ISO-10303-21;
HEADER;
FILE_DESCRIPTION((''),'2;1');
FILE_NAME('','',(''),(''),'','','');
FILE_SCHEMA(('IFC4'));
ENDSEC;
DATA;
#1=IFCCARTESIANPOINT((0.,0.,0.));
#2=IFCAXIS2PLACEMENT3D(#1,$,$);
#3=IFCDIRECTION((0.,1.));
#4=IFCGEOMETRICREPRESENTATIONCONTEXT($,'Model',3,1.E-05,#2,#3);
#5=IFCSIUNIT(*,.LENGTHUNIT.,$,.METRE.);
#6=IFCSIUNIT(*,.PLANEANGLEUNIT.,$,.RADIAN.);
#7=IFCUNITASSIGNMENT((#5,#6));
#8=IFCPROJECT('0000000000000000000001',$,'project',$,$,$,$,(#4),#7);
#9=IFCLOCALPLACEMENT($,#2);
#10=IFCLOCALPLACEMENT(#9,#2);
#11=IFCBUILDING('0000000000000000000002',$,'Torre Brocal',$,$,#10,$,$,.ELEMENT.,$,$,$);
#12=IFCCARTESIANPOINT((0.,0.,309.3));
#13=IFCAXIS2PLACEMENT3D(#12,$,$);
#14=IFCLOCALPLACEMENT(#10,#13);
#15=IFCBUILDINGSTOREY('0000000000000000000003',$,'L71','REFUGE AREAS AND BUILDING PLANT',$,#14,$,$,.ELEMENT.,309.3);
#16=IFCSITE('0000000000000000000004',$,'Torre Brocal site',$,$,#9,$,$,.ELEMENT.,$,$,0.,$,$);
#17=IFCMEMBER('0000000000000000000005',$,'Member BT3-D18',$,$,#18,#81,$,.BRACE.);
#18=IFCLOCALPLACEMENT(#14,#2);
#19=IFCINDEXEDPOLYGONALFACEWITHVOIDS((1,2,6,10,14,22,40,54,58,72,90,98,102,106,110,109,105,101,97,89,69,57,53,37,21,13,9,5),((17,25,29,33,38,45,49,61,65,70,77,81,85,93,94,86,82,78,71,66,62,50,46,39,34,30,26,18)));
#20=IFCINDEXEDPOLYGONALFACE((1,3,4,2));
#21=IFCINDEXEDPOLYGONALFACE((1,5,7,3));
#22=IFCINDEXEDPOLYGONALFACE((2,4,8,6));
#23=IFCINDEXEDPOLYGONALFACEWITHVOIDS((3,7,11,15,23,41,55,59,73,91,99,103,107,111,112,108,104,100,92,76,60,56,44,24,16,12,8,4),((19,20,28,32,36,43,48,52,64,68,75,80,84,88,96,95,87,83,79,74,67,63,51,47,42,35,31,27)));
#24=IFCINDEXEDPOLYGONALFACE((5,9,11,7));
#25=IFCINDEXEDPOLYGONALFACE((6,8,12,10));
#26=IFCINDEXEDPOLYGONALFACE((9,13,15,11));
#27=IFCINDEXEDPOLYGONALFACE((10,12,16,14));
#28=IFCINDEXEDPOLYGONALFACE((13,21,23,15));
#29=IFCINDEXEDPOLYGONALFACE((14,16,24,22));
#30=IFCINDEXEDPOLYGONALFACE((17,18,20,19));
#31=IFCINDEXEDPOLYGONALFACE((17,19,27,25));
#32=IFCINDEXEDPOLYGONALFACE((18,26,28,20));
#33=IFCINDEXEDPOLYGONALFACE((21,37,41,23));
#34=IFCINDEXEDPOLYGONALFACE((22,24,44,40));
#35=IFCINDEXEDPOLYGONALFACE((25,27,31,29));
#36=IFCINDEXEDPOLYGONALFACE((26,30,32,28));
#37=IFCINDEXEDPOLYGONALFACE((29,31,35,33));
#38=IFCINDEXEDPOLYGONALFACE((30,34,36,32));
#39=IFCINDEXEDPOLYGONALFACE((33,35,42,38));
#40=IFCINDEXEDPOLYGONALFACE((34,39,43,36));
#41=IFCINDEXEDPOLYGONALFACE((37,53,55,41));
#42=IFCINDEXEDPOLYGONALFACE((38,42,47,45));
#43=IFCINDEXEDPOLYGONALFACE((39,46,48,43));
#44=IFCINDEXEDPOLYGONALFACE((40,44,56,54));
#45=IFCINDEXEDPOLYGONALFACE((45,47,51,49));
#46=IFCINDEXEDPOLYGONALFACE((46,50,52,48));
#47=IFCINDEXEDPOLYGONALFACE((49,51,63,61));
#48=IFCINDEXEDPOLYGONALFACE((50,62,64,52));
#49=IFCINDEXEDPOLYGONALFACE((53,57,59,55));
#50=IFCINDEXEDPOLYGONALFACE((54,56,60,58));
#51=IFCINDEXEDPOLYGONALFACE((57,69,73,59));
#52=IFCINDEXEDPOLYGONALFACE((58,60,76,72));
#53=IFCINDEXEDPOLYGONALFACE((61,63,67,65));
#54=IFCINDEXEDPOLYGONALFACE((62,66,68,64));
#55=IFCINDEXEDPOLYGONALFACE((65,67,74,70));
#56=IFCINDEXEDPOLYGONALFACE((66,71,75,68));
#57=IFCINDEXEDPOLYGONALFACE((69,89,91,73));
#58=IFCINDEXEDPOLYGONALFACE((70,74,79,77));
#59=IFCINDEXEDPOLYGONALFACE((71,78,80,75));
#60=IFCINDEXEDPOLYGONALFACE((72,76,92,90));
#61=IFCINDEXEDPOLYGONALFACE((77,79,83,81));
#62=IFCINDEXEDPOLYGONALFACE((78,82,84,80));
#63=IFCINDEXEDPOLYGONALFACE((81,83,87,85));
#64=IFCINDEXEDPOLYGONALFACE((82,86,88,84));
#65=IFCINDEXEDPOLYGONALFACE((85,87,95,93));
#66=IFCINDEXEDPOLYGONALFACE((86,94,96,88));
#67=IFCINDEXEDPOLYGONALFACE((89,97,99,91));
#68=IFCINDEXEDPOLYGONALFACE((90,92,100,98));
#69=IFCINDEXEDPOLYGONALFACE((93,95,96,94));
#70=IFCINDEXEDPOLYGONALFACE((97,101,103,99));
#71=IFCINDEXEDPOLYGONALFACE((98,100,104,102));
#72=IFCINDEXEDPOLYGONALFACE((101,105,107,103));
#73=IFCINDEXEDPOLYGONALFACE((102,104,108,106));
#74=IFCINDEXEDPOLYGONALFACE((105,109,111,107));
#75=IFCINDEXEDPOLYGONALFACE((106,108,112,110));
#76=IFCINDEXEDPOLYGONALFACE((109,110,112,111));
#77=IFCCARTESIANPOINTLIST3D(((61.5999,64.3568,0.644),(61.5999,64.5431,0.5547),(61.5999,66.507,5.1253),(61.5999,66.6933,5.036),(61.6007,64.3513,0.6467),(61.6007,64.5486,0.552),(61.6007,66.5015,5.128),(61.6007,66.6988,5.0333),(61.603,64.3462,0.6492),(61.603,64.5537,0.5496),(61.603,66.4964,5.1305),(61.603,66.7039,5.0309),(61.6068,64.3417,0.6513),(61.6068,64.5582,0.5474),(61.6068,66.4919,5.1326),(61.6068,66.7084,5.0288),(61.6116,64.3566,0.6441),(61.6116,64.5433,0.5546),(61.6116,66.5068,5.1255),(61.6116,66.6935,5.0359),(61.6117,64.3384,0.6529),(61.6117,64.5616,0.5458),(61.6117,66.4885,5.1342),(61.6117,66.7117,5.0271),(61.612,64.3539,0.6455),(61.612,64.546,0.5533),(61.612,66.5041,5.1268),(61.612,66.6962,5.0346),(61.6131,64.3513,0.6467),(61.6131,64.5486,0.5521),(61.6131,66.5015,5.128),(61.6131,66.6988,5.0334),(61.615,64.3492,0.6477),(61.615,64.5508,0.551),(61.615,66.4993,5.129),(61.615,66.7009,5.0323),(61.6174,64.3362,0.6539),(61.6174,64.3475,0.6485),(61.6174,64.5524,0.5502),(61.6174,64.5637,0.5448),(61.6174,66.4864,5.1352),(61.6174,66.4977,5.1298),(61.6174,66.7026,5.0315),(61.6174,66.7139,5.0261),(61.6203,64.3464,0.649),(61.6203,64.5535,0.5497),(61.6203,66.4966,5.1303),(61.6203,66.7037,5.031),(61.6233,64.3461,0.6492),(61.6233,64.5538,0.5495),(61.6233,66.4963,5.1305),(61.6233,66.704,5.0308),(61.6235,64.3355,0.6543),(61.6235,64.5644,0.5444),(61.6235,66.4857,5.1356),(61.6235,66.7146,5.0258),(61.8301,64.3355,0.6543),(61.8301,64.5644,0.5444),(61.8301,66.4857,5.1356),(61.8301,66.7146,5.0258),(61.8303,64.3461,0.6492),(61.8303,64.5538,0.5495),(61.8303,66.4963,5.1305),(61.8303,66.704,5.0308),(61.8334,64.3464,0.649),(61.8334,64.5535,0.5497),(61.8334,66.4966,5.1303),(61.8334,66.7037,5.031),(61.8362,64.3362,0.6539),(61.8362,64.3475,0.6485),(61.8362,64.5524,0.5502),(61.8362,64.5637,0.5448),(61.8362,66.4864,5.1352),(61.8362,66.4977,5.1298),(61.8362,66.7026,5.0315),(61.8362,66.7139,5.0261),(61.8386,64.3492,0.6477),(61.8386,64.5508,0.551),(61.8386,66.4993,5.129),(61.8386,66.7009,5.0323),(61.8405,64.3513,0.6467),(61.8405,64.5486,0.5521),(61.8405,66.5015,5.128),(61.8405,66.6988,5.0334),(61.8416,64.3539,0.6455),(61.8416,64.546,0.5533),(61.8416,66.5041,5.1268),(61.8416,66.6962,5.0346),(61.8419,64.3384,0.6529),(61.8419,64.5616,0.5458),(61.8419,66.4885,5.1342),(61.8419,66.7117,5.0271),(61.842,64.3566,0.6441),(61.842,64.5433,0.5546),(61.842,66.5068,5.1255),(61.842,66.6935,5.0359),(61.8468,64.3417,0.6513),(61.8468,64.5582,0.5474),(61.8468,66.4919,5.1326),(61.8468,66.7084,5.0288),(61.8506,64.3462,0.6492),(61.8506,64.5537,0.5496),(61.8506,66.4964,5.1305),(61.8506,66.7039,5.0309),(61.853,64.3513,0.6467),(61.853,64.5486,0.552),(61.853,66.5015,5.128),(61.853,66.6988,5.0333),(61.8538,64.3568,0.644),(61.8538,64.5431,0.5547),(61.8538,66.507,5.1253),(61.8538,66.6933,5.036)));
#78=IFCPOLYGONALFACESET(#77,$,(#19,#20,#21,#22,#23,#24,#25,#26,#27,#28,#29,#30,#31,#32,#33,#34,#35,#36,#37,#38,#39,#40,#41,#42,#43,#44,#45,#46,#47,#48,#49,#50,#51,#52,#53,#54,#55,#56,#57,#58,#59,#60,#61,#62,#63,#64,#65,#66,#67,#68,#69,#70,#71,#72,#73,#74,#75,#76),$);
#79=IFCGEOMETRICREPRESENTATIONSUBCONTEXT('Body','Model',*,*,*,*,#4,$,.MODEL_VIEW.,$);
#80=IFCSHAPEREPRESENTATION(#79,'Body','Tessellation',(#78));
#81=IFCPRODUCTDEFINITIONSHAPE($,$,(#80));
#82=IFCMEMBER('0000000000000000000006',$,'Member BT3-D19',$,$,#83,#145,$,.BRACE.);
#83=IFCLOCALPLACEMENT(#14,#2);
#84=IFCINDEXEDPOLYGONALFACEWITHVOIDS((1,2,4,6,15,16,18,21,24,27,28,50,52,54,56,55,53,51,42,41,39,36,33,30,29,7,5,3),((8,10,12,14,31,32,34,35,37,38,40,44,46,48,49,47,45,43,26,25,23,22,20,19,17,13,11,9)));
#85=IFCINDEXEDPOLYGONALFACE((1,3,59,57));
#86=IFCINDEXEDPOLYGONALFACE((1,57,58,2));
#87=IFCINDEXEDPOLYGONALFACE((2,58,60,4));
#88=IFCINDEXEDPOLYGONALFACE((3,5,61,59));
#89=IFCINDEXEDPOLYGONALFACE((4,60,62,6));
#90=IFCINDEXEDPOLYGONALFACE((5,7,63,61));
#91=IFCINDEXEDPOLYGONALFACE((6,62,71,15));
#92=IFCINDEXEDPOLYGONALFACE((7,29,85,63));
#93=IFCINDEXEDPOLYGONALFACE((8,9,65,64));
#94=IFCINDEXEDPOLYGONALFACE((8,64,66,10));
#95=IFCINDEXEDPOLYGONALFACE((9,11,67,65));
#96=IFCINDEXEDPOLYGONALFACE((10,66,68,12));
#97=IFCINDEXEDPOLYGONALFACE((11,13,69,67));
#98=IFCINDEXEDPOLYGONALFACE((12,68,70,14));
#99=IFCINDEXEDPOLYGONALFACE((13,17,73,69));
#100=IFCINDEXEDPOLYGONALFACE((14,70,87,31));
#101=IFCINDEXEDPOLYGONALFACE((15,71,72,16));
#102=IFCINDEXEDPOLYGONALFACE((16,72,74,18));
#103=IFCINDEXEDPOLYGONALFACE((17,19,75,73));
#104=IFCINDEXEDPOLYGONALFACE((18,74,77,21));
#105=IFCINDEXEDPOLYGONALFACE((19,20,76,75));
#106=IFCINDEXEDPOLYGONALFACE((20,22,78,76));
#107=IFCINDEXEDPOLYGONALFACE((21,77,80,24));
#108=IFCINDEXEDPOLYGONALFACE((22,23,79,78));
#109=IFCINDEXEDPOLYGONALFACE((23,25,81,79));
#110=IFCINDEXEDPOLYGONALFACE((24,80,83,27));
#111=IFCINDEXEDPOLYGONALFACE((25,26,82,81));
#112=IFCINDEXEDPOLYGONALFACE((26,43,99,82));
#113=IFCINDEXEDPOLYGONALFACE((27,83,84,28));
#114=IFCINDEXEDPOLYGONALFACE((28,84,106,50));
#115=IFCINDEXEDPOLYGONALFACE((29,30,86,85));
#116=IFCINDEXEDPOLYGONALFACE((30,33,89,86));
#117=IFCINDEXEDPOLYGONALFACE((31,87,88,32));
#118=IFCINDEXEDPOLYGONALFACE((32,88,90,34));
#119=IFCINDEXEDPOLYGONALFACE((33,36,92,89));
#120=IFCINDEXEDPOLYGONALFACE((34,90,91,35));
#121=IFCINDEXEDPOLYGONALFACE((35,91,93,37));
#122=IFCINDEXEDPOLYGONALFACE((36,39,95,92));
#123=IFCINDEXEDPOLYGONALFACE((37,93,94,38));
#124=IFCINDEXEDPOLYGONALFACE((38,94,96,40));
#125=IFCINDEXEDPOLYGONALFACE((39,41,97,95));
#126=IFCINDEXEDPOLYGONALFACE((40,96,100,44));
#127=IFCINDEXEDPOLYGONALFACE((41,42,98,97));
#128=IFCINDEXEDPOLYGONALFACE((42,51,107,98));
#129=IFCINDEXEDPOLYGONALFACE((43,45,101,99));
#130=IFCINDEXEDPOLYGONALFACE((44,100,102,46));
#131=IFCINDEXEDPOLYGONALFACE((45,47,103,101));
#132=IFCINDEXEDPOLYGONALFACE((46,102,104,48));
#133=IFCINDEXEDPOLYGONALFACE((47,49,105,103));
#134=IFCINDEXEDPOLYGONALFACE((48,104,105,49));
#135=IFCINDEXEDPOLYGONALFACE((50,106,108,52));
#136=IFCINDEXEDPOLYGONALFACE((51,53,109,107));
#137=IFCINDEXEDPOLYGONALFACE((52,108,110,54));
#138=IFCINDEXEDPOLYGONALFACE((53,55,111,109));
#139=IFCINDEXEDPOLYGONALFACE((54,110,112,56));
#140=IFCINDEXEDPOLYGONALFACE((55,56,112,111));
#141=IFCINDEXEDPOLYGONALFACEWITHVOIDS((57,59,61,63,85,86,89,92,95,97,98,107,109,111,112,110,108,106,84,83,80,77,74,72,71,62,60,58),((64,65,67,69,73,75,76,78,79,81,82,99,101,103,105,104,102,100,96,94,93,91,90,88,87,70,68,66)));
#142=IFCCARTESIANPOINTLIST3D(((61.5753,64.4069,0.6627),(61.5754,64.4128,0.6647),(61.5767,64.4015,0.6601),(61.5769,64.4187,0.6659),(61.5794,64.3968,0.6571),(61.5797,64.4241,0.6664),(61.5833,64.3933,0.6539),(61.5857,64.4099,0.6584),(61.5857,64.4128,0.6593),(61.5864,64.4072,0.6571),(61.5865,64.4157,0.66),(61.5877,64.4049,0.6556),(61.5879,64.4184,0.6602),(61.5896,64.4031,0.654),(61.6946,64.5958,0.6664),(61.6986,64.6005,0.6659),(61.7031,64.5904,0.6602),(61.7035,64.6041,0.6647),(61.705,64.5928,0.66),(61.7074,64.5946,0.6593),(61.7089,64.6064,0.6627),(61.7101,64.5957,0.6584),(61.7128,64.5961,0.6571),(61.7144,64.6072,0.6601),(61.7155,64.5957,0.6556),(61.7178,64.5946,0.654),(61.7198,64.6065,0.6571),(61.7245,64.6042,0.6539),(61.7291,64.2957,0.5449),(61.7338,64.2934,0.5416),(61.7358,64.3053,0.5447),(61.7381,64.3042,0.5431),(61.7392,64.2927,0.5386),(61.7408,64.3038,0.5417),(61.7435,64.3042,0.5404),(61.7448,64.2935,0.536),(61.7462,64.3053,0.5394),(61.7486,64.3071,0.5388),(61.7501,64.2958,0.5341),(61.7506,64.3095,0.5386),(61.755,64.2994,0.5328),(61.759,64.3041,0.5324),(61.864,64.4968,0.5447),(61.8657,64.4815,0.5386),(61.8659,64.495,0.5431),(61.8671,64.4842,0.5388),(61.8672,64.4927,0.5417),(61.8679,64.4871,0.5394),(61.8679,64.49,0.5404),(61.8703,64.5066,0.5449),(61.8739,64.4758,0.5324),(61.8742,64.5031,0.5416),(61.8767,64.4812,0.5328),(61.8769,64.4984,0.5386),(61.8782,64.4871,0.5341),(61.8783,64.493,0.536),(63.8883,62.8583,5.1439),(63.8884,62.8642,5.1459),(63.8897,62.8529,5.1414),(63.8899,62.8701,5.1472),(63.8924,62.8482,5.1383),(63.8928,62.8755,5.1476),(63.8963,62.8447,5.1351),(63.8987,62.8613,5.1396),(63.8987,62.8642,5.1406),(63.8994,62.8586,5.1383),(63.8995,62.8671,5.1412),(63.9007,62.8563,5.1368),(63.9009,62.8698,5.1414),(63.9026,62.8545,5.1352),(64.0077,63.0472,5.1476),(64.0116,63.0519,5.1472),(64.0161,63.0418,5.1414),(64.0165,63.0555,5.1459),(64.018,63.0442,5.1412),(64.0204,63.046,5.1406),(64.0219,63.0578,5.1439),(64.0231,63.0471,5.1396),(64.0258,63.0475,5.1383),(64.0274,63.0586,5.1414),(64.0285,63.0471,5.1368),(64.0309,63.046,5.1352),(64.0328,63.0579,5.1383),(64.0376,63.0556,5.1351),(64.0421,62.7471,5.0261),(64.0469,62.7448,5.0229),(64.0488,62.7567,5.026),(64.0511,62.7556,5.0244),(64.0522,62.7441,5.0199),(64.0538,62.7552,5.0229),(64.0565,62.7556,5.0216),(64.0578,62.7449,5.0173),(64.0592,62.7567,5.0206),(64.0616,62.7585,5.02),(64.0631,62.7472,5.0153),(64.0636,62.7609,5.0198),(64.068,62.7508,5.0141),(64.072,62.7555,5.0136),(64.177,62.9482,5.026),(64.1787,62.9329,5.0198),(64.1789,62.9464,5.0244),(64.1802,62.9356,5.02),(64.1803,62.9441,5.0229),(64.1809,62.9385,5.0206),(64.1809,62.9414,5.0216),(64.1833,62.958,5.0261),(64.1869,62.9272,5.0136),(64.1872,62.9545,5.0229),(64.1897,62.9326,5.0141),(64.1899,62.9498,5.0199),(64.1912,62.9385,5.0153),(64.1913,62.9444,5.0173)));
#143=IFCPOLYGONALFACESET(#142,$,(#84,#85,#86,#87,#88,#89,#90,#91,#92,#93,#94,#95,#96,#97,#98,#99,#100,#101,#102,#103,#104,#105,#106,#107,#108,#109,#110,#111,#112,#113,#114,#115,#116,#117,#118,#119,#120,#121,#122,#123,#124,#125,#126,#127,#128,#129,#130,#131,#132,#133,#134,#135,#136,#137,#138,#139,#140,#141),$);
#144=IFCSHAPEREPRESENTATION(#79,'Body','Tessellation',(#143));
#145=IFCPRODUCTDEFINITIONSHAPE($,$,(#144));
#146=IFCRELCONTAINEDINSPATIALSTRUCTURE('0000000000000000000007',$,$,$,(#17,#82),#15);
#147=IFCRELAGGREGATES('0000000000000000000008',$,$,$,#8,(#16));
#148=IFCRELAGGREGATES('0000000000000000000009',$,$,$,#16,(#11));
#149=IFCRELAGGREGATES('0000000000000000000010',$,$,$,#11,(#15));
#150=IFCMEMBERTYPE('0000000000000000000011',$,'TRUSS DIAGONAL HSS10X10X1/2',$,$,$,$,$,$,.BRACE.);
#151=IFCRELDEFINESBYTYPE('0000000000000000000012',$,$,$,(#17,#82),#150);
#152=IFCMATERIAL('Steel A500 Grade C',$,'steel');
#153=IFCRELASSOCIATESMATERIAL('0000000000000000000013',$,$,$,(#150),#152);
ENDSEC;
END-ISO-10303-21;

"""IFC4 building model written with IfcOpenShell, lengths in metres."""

from ifc_helpers import new_model, si_unit, direction, frame, origin, origin_2d, place, context, subcontext, project, spatial, hollow_rectangle, extrude, material, material_profile, profile_set, type_object, element, save


model = new_model("IFC4")

# Units and contexts
model_context = context("Model", 3, precision=1e-05, world=origin(), true_north=direction((0.0, 1.0)))
body_context = subcontext(model_context, "Body", "Model", "MODEL_VIEW")
ifc_project = project(units=[si_unit("LENGTHUNIT", "METRE"), si_unit("PLANEANGLEUNIT", "RADIAN")], contexts=[model_context])

# Site, building, storey
site_placement = place(None, origin())
site = spatial("IfcSite", under=ifc_project, at=site_placement, Name="Torre Brocal site", CompositionType="ELEMENT", RefElevation=0.0)
building_placement = place(site_placement, origin())
building = spatial("IfcBuilding", under=site, at=building_placement, Name="Torre Brocal", CompositionType="ELEMENT")
storey_placement = place(building_placement, frame((0.0, 0.0, 309.3)))
storey = spatial("IfcBuildingStorey", under=building, at=storey_placement, Name="L71", Description="REFUGE AREAS AND BUILDING PLANT", CompositionType="ELEMENT", Elevation=309.3)

# Members
ifc_material_1 = material(Name="Steel A500 Grade C", Category="steel")
ifc_material_profile_1 = material_profile(ifc_material_1, hollow_rectangle(XDim=0.2539, YDim=0.2539, WallThickness=0.0117, InnerFilletRadius=0.0117, OuterFilletRadius=0.0237, at=origin_2d()), Name="HSS10X10X1/2")
ifc_profile_set_1 = profile_set([ifc_material_profile_1], Name="Steel A500 Grade C")
member_type_1 = type_object("IfcMemberType", Name="TRUSS DIAGONAL HSS10X10X1/2", PredefinedType="BRACE", material=ifc_profile_set_1)
member_1_placement = place(storey_placement, frame((61.7268, 64.45, 0.5994), z_axis=(0.0, 0.432595, 0.901588), x_axis=(-1.0, 0.0, 0.0)))
element("IfcMember", 1, at=member_1_placement, inside=storey, type_object=member_type_1, Name="Member BT3-D18", PredefinedType="BRACE", context=body_context, shape_type="SweptSolid", body=[
    extrude(hollow_rectangle(XDim=0.2539, YDim=0.2539, WallThickness=0.0117, InnerFilletRadius=0.0117, OuterFilletRadius=0.0237, at=origin_2d()), origin(), (0.0, 0.0, 1.0), 4.9705),
])
for number, where, z_axis, x_axis, name in (
    (2, (61.7268, 64.45, 0.5994), (0.438453, -0.293552, 0.849462), (0.556339, 0.830956, 0.0), "Member BT3-D19"),
):
    element("IfcMember", number, at=place(storey_placement, frame(where, z_axis=z_axis, x_axis=x_axis)), inside=storey, type_object=member_type_1, Name=name, PredefinedType="BRACE", context=body_context, shape_type="SweptSolid", body=[
        extrude(hollow_rectangle(XDim=0.2539, YDim=0.2539, WallThickness=0.0117, InnerFilletRadius=0.0117, OuterFilletRadius=0.0237, at=origin_2d()), origin(), (0.0, 0.0, 1.0), 5.2754),
    ])

save(model, "model.ifc")
